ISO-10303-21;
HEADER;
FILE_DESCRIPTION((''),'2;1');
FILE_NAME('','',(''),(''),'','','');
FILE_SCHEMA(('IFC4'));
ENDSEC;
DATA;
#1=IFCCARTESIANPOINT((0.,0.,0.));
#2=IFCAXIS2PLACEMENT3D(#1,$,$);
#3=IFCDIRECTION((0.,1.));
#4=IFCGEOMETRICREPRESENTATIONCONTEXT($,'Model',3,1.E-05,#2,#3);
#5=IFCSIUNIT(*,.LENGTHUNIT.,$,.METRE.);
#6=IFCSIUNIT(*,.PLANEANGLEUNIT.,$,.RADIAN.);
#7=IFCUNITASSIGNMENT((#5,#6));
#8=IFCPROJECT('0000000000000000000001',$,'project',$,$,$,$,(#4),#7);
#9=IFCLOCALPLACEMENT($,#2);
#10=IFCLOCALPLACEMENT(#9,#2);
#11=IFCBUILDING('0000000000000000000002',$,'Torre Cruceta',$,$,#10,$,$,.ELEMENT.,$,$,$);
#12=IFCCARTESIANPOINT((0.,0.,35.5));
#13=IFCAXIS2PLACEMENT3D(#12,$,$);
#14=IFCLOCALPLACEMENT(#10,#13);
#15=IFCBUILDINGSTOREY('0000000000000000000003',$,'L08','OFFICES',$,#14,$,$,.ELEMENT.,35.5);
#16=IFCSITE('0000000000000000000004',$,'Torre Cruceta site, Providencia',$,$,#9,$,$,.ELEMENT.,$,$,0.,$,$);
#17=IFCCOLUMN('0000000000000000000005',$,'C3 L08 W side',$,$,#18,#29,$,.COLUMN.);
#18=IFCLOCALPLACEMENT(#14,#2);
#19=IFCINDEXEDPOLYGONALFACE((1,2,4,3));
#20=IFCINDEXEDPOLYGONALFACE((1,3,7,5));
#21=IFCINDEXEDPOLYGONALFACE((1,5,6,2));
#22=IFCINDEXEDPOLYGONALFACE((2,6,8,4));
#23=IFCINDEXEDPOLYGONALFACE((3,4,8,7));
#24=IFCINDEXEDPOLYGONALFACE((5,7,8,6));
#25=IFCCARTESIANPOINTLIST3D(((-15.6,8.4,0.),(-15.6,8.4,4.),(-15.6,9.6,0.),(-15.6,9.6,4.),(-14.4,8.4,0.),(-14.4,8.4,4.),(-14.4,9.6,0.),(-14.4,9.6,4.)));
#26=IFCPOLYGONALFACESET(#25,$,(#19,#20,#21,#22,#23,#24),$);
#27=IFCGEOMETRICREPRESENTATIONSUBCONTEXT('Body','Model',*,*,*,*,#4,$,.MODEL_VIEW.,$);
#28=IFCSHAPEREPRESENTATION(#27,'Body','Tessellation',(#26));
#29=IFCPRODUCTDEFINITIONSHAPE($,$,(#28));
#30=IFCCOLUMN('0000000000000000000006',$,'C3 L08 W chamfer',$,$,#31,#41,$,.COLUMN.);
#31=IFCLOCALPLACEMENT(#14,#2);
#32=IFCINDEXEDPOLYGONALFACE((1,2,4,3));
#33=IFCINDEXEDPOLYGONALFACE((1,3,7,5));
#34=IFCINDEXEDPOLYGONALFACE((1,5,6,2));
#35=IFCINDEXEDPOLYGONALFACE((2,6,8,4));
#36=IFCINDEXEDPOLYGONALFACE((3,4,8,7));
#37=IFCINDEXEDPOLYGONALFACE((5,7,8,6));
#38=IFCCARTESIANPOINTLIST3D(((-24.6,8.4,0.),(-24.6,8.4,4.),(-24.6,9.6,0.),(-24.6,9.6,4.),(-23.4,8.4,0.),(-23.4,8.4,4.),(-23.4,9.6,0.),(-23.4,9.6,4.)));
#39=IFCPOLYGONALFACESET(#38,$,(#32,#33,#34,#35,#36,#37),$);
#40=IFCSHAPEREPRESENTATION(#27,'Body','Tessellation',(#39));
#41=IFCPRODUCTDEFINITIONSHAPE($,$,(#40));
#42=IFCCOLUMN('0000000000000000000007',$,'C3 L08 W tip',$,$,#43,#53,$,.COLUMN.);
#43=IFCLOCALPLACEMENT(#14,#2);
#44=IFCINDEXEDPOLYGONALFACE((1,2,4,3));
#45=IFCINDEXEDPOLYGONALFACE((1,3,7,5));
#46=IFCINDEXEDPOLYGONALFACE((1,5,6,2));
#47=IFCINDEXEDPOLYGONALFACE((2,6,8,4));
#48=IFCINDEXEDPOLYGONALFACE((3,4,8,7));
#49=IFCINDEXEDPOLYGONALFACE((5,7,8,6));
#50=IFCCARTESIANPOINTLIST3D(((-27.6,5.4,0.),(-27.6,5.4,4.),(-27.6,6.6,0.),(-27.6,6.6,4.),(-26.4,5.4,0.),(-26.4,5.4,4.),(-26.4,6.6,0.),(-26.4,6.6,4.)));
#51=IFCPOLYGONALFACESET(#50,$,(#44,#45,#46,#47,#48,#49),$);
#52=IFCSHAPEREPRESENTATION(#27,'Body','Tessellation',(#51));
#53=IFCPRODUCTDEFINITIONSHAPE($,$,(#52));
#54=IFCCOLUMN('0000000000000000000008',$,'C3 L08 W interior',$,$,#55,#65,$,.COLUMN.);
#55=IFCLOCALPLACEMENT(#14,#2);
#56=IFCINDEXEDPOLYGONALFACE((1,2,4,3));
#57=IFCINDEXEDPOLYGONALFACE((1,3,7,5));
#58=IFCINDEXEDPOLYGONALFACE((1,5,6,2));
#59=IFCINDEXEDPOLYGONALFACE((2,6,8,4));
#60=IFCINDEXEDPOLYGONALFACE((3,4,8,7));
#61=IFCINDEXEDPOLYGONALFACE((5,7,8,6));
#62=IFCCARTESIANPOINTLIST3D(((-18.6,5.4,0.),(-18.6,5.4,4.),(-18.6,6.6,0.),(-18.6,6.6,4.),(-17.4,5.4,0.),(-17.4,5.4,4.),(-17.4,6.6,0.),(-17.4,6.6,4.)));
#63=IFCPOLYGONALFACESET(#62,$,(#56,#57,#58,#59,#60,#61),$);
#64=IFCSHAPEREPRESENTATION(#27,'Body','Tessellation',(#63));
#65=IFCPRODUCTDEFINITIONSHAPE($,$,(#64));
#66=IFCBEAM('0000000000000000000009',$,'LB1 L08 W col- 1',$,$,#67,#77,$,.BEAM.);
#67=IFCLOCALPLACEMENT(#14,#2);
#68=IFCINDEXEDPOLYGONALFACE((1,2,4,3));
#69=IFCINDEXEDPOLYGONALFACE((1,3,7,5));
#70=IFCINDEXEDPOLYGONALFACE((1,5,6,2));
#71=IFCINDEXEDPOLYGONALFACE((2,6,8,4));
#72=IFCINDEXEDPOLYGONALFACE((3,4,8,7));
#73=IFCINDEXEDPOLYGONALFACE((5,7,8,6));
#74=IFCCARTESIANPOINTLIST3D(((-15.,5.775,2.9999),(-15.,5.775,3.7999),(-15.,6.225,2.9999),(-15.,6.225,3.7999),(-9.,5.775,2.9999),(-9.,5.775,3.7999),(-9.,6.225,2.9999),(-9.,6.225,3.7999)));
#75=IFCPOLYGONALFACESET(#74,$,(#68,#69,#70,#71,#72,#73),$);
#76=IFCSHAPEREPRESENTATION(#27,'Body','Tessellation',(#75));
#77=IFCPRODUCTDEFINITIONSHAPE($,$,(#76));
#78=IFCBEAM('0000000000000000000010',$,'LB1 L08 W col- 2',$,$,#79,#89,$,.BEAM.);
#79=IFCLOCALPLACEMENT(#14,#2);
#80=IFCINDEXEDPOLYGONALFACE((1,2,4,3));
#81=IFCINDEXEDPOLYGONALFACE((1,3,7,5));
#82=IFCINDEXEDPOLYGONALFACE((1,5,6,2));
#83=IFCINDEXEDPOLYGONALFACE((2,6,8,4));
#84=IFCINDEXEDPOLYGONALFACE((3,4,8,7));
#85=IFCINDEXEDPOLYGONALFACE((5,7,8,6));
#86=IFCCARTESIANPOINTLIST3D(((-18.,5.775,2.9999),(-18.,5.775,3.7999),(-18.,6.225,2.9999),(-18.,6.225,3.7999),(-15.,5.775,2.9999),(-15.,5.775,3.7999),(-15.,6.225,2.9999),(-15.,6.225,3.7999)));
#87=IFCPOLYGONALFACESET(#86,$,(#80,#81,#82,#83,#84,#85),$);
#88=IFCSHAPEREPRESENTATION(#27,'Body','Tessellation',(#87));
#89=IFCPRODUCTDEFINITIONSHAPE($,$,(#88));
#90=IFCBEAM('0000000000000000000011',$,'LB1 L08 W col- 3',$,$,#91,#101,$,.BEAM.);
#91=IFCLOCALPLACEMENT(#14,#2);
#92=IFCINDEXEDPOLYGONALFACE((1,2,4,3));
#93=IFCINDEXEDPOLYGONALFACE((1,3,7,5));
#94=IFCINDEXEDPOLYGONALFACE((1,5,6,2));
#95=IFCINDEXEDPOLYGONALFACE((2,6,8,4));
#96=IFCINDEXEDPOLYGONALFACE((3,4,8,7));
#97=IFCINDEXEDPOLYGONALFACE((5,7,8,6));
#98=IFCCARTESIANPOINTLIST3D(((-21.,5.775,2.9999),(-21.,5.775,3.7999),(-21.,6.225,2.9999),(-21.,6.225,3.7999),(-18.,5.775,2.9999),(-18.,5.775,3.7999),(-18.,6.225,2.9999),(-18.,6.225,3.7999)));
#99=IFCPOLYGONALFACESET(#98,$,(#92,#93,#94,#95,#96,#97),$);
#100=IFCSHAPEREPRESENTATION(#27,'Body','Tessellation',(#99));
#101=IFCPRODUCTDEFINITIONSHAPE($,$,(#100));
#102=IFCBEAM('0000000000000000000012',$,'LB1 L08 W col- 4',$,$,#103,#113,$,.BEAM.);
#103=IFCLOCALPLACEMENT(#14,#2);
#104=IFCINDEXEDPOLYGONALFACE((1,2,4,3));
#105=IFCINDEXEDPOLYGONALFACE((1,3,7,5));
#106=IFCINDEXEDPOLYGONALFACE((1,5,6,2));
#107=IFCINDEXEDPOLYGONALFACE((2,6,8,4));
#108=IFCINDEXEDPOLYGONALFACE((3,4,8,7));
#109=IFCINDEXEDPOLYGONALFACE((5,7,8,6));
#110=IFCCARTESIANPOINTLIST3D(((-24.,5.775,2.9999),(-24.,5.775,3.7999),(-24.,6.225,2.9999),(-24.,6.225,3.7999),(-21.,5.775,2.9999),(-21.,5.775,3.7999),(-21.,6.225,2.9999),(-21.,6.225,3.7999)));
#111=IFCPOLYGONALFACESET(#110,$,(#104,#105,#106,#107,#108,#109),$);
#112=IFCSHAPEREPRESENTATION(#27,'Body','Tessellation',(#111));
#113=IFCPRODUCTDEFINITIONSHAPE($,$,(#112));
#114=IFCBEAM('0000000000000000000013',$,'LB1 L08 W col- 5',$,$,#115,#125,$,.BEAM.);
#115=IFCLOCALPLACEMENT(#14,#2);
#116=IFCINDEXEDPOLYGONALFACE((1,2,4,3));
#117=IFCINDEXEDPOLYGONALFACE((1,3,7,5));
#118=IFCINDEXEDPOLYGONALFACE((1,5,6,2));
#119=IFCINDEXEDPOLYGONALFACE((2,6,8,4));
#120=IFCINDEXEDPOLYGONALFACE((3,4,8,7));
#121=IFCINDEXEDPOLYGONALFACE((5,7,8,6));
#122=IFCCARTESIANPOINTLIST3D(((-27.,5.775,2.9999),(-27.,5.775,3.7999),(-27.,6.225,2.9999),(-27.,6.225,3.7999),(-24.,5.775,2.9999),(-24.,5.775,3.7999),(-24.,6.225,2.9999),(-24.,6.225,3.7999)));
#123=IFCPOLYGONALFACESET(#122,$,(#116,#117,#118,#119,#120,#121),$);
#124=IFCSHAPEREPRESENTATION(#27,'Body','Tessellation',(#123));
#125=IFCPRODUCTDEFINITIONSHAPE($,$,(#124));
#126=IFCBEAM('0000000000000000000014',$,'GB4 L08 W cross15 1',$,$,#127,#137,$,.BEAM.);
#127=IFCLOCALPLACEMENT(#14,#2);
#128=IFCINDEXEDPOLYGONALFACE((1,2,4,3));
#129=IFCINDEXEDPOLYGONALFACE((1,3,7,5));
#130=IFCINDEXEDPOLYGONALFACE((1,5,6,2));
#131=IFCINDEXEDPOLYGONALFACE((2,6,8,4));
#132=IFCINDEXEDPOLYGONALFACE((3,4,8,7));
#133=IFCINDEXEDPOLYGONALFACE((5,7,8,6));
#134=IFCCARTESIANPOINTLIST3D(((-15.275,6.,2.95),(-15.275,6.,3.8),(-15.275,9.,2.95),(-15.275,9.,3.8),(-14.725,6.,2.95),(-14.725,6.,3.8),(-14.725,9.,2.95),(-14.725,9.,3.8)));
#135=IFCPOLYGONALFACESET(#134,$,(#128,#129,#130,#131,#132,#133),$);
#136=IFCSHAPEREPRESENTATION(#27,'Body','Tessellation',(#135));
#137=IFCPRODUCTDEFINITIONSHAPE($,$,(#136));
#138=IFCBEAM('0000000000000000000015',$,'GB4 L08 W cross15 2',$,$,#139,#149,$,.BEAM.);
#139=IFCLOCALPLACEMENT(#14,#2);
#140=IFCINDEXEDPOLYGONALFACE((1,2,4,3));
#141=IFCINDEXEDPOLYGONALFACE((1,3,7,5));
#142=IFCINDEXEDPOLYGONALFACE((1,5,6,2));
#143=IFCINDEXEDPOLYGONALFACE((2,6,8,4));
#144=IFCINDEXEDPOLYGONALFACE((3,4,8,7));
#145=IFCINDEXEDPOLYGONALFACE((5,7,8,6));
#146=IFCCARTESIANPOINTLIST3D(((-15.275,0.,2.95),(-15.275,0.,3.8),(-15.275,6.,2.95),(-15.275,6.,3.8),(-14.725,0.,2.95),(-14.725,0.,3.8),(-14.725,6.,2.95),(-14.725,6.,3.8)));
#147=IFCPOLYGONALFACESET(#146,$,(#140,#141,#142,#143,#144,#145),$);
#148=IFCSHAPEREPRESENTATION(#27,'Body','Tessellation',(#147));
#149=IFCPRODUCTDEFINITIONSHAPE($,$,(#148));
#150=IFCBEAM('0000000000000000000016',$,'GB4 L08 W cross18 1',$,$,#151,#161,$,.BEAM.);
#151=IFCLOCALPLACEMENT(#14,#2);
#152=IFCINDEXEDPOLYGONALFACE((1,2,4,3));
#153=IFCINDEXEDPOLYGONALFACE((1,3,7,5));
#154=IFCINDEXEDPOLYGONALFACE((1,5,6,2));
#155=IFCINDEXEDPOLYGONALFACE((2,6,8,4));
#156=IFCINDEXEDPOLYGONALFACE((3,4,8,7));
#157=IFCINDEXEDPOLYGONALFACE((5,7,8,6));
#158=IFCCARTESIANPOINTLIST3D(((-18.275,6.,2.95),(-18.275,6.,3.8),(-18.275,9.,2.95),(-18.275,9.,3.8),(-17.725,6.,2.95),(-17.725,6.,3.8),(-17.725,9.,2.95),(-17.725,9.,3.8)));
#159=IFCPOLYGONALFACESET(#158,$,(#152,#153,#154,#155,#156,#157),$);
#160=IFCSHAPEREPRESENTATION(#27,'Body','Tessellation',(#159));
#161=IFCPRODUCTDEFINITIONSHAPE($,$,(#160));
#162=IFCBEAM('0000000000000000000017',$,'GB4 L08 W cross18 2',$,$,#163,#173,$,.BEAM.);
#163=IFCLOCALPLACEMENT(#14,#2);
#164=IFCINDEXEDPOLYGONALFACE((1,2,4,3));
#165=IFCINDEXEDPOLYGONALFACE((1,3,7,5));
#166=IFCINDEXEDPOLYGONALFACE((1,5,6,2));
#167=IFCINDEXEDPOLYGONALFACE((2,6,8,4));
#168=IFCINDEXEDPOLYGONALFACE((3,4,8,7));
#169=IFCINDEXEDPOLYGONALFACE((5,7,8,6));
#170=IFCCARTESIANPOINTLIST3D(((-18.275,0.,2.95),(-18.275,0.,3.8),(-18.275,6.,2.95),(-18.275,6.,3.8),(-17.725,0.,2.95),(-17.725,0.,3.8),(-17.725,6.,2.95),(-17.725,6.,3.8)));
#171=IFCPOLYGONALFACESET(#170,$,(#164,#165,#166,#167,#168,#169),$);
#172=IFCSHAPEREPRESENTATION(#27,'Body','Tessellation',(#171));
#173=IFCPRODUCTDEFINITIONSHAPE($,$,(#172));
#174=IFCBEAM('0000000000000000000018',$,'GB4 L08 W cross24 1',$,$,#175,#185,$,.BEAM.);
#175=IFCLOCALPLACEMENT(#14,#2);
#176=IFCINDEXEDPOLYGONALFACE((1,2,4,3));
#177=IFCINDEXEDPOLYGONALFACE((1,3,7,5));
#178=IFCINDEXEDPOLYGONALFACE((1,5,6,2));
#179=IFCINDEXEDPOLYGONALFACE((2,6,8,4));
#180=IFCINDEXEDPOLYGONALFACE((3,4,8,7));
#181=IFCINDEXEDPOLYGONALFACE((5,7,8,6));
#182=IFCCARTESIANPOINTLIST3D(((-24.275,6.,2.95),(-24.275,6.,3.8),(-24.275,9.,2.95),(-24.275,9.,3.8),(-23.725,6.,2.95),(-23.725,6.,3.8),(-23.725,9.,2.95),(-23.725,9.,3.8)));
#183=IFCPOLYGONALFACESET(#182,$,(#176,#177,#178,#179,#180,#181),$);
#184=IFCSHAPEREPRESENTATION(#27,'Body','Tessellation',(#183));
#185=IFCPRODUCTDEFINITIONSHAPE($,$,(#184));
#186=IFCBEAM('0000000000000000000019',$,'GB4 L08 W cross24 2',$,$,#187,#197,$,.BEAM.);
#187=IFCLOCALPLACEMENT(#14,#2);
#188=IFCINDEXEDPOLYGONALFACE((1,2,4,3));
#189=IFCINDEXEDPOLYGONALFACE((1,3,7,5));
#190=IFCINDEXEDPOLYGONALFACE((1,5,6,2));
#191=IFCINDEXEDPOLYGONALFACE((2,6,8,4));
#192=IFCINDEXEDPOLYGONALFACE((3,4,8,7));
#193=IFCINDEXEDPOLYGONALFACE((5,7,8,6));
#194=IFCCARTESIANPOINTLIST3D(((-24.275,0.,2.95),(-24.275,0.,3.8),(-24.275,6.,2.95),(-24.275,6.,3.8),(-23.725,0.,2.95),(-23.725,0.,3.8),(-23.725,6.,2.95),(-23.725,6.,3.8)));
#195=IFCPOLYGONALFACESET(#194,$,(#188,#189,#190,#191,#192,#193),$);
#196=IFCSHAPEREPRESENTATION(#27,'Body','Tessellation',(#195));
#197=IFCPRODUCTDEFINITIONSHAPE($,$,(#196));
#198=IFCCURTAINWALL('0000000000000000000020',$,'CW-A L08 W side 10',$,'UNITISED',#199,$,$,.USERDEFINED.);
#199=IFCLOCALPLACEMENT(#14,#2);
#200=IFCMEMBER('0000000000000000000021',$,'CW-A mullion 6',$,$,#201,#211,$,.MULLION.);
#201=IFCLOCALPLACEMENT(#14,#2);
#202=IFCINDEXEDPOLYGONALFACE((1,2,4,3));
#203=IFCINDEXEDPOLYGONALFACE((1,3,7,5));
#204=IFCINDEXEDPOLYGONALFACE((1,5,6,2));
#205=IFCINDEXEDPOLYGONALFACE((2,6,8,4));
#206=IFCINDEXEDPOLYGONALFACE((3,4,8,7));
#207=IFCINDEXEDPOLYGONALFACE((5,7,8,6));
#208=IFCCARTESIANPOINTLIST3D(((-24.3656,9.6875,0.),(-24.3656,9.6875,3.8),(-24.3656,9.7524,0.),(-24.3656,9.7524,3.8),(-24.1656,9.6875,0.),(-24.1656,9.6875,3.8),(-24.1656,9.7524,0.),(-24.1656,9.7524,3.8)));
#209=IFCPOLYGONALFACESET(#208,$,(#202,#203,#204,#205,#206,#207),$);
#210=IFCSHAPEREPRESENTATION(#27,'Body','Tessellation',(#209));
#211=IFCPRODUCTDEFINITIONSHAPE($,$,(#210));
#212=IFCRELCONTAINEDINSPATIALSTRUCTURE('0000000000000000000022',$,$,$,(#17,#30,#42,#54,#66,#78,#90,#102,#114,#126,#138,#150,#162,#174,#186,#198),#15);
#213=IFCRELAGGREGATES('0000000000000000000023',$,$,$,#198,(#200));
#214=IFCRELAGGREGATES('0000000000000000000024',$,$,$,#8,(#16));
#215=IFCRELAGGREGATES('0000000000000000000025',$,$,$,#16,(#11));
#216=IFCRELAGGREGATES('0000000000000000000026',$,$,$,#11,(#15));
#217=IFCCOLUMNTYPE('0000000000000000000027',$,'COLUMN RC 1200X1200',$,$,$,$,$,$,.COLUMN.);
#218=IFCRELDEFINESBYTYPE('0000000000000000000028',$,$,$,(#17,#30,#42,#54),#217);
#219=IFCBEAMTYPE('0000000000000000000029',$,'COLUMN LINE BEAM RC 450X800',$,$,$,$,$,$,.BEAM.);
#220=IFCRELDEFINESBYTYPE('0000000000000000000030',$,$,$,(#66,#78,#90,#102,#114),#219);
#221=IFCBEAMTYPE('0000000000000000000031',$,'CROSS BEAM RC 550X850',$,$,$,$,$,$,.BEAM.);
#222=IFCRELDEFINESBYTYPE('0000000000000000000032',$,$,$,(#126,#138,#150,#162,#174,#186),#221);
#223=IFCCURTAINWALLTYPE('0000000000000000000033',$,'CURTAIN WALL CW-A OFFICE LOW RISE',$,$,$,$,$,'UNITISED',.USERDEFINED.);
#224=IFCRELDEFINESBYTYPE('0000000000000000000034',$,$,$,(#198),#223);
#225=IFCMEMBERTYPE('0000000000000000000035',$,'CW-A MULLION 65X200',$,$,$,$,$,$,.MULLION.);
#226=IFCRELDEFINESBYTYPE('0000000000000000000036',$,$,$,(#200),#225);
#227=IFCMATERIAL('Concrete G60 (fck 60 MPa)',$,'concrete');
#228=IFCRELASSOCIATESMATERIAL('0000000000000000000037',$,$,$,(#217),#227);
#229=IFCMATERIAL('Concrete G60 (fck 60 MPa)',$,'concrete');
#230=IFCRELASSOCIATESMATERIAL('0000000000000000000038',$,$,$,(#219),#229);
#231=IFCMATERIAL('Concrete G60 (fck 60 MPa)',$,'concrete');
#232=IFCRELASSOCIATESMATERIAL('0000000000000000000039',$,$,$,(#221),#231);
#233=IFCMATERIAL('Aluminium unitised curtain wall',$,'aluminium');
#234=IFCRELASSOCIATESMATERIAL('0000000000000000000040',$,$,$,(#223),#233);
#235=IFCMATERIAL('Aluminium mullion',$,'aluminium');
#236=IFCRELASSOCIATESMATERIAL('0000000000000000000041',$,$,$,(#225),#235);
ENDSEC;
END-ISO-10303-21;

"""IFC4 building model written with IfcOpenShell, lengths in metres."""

from ifc_helpers import new_model, si_unit, direction, frame, origin, origin_2d, place, context, subcontext, project, spatial, rectangle, extrude, material, material_profile, profile_set, type_object, element, aggregate, save


model = new_model("IFC4")

# Units and contexts
model_context = context("Model", 3, precision=1e-05, world=origin(), true_north=direction((0.0, 1.0)))
body_context = subcontext(model_context, "Body", "Model", "MODEL_VIEW")
ifc_project = project(units=[si_unit("LENGTHUNIT", "METRE"), si_unit("PLANEANGLEUNIT", "RADIAN")], contexts=[model_context])

# Site, building, storey
site_placement = place(None, origin())
site = spatial("IfcSite", under=ifc_project, at=site_placement, Name="Torre Cruceta site, Providencia", CompositionType="ELEMENT", RefElevation=0.0)
building_placement = place(site_placement, origin())
building = spatial("IfcBuilding", under=site, at=building_placement, Name="Torre Cruceta", CompositionType="ELEMENT")
storey_placement = place(building_placement, frame((0.0, 0.0, 35.5)))
storey = spatial("IfcBuildingStorey", under=building, at=storey_placement, Name="L08", Description="OFFICES", CompositionType="ELEMENT", Elevation=35.5)

# Columns
ifc_material_1 = material(Name="Concrete G60 (fck 60 MPa)", Category="concrete")
ifc_material_profile_1 = material_profile(ifc_material_1, rectangle(XDim=1.2, YDim=1.2, at=origin_2d()), Name="RC 1200X1200")
ifc_profile_set_1 = profile_set([ifc_material_profile_1], Name="Concrete G60 (fck 60 MPa)")
column_type = type_object("IfcColumnType", Name="COLUMN RC 1200X1200", PredefinedType="COLUMN", material=ifc_profile_set_1)
for number, where, z_axis, x_axis, name in (
    (1, (-15.0, 9.0, 0.0), (0.0, 0.0, 1.0), (1.0, 0.0, 0.0), "C3 L08 W side"),
    (2, (-24.0, 9.0, 0.0), (0.0, 0.0, 1.0), (1.0, 0.0, 0.0), "C3 L08 W chamfer"),
    (3, (-27.0, 6.0, 0.0), (0.0, 0.0, 1.0), (1.0, 0.0, 0.0), "C3 L08 W tip"),
    (4, (-18.0, 6.0, 0.0), (0.0, 0.0, 1.0), (1.0, 0.0, 0.0), "C3 L08 W interior"),
):
    element("IfcColumn", number, at=place(storey_placement, frame(where, z_axis=z_axis, x_axis=x_axis)), inside=storey, type_object=column_type, Name=name, PredefinedType="COLUMN", context=body_context, shape_type="SweptSolid", body=[
        extrude(rectangle(XDim=1.2, YDim=1.2, at=origin_2d()), origin(), (0.0, 0.0, 1.0), 4.0),
    ])

# Beams
ifc_material_2 = material(Name="Concrete G60 (fck 60 MPa)", Category="concrete")
ifc_material_profile_2 = material_profile(ifc_material_2, rectangle(XDim=0.45, YDim=0.8, at=origin_2d()), Name="RC 450X800")
ifc_profile_set_2 = profile_set([ifc_material_profile_2], Name="Concrete G60 (fck 60 MPa)")
beam_type_1 = type_object("IfcBeamType", Name="COLUMN LINE BEAM RC 450X800", PredefinedType="BEAM", material=ifc_profile_set_2)
beam_1_placement = place(storey_placement, frame((-9.0, 6.0, 3.3999), z_axis=(-1.0, 0.0, 0.0), x_axis=(0.0, -1.0, 0.0)))
element("IfcBeam", 5, at=beam_1_placement, inside=storey, type_object=beam_type_1, Name="LB1 L08 W col- 1", PredefinedType="BEAM", context=body_context, shape_type="SweptSolid", body=[
    extrude(rectangle(XDim=0.45, YDim=0.8, at=origin_2d()), origin(), (0.0, 0.0, 1.0), 6.0),
])
for number, where, z_axis, x_axis, name in (
    (6, (-15.0, 6.0, 3.3999), (-1.0, 0.0, 0.0), (0.0, -1.0, 0.0), "LB1 L08 W col- 2"),
    (7, (-18.0, 6.0, 3.3999), (-1.0, 0.0, 0.0), (0.0, -1.0, 0.0), "LB1 L08 W col- 3"),
    (8, (-21.0, 6.0, 3.3999), (-1.0, 0.0, 0.0), (0.0, -1.0, 0.0), "LB1 L08 W col- 4"),
    (9, (-24.0, 6.0, 3.3999), (-1.0, 0.0, 0.0), (0.0, -1.0, 0.0), "LB1 L08 W col- 5"),
):
    element("IfcBeam", number, at=place(storey_placement, frame(where, z_axis=z_axis, x_axis=x_axis)), inside=storey, type_object=beam_type_1, Name=name, PredefinedType="BEAM", context=body_context, shape_type="SweptSolid", body=[
        extrude(rectangle(XDim=0.45, YDim=0.8, at=origin_2d()), origin(), (0.0, 0.0, 1.0), 3.0),
    ])
ifc_material_3 = material(Name="Concrete G60 (fck 60 MPa)", Category="concrete")
ifc_material_profile_3 = material_profile(ifc_material_3, rectangle(XDim=0.55, YDim=0.8501, at=origin_2d()), Name="RC 550X850")
ifc_profile_set_3 = profile_set([ifc_material_profile_3], Name="Concrete G60 (fck 60 MPa)")
beam_type_2 = type_object("IfcBeamType", Name="CROSS BEAM RC 550X850", PredefinedType="BEAM", material=ifc_profile_set_3)
beam_2_placement = place(storey_placement, frame((-15.0, 9.0, 3.375), z_axis=(0.0, -1.0, 0.0), x_axis=(1.0, 0.0, 0.0)))
element("IfcBeam", 10, at=beam_2_placement, inside=storey, type_object=beam_type_2, Name="GB4 L08 W cross15 1", PredefinedType="BEAM", context=body_context, shape_type="SweptSolid", body=[
    extrude(rectangle(XDim=0.55, YDim=0.8501, at=origin_2d()), origin(), (0.0, 0.0, 1.0), 3.0),
])
beam_3_placement = place(storey_placement, frame((-15.0, 6.0, 3.375), z_axis=(0.0, -1.0, 0.0), x_axis=(1.0, 0.0, 0.0)))
element("IfcBeam", 11, at=beam_3_placement, inside=storey, type_object=beam_type_2, Name="GB4 L08 W cross15 2", PredefinedType="BEAM", context=body_context, shape_type="SweptSolid", body=[
    extrude(rectangle(XDim=0.55, YDim=0.8501, at=origin_2d()), origin(), (0.0, 0.0, 1.0), 6.0),
])
beam_4_placement = place(storey_placement, frame((-18.0, 9.0, 3.375), z_axis=(0.0, -1.0, 0.0), x_axis=(1.0, 0.0, 0.0)))
element("IfcBeam", 12, at=beam_4_placement, inside=storey, type_object=beam_type_2, Name="GB4 L08 W cross18 1", PredefinedType="BEAM", context=body_context, shape_type="SweptSolid", body=[
    extrude(rectangle(XDim=0.55, YDim=0.8501, at=origin_2d()), origin(), (0.0, 0.0, 1.0), 3.0),
])
beam_5_placement = place(storey_placement, frame((-18.0, 6.0, 3.375), z_axis=(0.0, -1.0, 0.0), x_axis=(1.0, 0.0, 0.0)))
element("IfcBeam", 13, at=beam_5_placement, inside=storey, type_object=beam_type_2, Name="GB4 L08 W cross18 2", PredefinedType="BEAM", context=body_context, shape_type="SweptSolid", body=[
    extrude(rectangle(XDim=0.55, YDim=0.8501, at=origin_2d()), origin(), (0.0, 0.0, 1.0), 6.0),
])
beam_6_placement = place(storey_placement, frame((-24.0, 9.0, 3.375), z_axis=(0.0, -1.0, 0.0), x_axis=(1.0, 0.0, 0.0)))
element("IfcBeam", 14, at=beam_6_placement, inside=storey, type_object=beam_type_2, Name="GB4 L08 W cross24 1", PredefinedType="BEAM", context=body_context, shape_type="SweptSolid", body=[
    extrude(rectangle(XDim=0.55, YDim=0.8501, at=origin_2d()), origin(), (0.0, 0.0, 1.0), 3.0),
])
beam_7_placement = place(storey_placement, frame((-24.0, 6.0, 3.375), z_axis=(0.0, -1.0, 0.0), x_axis=(1.0, 0.0, 0.0)))
element("IfcBeam", 15, at=beam_7_placement, inside=storey, type_object=beam_type_2, Name="GB4 L08 W cross24 2", PredefinedType="BEAM", context=body_context, shape_type="SweptSolid", body=[
    extrude(rectangle(XDim=0.55, YDim=0.8501, at=origin_2d()), origin(), (0.0, 0.0, 1.0), 6.0),
])

# Curtain wall, member
ifc_material_4 = material(Name="Aluminium unitised curtain wall", Category="aluminium")
curtain_wall_type = type_object("IfcCurtainWallType", Name="CURTAIN WALL CW-A OFFICE LOW RISE", ElementType="UNITISED", PredefinedType="USERDEFINED", material=ifc_material_4)
curtain_wall_placement = place(storey_placement, origin())
curtain_wall = element("IfcCurtainWall", 16, at=curtain_wall_placement, inside=storey, type_object=curtain_wall_type, Name="CW-A L08 W side 10", ObjectType="UNITISED", PredefinedType="USERDEFINED")
ifc_material_5 = material(Name="Aluminium mullion", Category="aluminium")
ifc_material_profile_4 = material_profile(ifc_material_5, rectangle(XDim=0.0649, YDim=0.2, at=origin_2d()), Name="AL 65X200")
ifc_profile_set_4 = profile_set([ifc_material_profile_4], Name="Aluminium mullion")
member_type = type_object("IfcMemberType", Name="CW-A MULLION 65X200", PredefinedType="MULLION", material=ifc_profile_set_4)
member_placement = place(storey_placement, frame((-24.2656, 9.72, 0.0), z_axis=(0.0, 0.0, 1.0), x_axis=(0.0, -1.0, 0.0)))
member = element("IfcMember", 17, at=member_placement, type_object=member_type, Name="CW-A mullion 6", PredefinedType="MULLION", context=body_context, shape_type="SweptSolid", body=[
    extrude(rectangle(XDim=0.0649, YDim=0.2, at=origin_2d()), origin(), (0.0, 0.0, 1.0), 3.8),
])
aggregate(curtain_wall, [member])

save(model, "model.ifc")
